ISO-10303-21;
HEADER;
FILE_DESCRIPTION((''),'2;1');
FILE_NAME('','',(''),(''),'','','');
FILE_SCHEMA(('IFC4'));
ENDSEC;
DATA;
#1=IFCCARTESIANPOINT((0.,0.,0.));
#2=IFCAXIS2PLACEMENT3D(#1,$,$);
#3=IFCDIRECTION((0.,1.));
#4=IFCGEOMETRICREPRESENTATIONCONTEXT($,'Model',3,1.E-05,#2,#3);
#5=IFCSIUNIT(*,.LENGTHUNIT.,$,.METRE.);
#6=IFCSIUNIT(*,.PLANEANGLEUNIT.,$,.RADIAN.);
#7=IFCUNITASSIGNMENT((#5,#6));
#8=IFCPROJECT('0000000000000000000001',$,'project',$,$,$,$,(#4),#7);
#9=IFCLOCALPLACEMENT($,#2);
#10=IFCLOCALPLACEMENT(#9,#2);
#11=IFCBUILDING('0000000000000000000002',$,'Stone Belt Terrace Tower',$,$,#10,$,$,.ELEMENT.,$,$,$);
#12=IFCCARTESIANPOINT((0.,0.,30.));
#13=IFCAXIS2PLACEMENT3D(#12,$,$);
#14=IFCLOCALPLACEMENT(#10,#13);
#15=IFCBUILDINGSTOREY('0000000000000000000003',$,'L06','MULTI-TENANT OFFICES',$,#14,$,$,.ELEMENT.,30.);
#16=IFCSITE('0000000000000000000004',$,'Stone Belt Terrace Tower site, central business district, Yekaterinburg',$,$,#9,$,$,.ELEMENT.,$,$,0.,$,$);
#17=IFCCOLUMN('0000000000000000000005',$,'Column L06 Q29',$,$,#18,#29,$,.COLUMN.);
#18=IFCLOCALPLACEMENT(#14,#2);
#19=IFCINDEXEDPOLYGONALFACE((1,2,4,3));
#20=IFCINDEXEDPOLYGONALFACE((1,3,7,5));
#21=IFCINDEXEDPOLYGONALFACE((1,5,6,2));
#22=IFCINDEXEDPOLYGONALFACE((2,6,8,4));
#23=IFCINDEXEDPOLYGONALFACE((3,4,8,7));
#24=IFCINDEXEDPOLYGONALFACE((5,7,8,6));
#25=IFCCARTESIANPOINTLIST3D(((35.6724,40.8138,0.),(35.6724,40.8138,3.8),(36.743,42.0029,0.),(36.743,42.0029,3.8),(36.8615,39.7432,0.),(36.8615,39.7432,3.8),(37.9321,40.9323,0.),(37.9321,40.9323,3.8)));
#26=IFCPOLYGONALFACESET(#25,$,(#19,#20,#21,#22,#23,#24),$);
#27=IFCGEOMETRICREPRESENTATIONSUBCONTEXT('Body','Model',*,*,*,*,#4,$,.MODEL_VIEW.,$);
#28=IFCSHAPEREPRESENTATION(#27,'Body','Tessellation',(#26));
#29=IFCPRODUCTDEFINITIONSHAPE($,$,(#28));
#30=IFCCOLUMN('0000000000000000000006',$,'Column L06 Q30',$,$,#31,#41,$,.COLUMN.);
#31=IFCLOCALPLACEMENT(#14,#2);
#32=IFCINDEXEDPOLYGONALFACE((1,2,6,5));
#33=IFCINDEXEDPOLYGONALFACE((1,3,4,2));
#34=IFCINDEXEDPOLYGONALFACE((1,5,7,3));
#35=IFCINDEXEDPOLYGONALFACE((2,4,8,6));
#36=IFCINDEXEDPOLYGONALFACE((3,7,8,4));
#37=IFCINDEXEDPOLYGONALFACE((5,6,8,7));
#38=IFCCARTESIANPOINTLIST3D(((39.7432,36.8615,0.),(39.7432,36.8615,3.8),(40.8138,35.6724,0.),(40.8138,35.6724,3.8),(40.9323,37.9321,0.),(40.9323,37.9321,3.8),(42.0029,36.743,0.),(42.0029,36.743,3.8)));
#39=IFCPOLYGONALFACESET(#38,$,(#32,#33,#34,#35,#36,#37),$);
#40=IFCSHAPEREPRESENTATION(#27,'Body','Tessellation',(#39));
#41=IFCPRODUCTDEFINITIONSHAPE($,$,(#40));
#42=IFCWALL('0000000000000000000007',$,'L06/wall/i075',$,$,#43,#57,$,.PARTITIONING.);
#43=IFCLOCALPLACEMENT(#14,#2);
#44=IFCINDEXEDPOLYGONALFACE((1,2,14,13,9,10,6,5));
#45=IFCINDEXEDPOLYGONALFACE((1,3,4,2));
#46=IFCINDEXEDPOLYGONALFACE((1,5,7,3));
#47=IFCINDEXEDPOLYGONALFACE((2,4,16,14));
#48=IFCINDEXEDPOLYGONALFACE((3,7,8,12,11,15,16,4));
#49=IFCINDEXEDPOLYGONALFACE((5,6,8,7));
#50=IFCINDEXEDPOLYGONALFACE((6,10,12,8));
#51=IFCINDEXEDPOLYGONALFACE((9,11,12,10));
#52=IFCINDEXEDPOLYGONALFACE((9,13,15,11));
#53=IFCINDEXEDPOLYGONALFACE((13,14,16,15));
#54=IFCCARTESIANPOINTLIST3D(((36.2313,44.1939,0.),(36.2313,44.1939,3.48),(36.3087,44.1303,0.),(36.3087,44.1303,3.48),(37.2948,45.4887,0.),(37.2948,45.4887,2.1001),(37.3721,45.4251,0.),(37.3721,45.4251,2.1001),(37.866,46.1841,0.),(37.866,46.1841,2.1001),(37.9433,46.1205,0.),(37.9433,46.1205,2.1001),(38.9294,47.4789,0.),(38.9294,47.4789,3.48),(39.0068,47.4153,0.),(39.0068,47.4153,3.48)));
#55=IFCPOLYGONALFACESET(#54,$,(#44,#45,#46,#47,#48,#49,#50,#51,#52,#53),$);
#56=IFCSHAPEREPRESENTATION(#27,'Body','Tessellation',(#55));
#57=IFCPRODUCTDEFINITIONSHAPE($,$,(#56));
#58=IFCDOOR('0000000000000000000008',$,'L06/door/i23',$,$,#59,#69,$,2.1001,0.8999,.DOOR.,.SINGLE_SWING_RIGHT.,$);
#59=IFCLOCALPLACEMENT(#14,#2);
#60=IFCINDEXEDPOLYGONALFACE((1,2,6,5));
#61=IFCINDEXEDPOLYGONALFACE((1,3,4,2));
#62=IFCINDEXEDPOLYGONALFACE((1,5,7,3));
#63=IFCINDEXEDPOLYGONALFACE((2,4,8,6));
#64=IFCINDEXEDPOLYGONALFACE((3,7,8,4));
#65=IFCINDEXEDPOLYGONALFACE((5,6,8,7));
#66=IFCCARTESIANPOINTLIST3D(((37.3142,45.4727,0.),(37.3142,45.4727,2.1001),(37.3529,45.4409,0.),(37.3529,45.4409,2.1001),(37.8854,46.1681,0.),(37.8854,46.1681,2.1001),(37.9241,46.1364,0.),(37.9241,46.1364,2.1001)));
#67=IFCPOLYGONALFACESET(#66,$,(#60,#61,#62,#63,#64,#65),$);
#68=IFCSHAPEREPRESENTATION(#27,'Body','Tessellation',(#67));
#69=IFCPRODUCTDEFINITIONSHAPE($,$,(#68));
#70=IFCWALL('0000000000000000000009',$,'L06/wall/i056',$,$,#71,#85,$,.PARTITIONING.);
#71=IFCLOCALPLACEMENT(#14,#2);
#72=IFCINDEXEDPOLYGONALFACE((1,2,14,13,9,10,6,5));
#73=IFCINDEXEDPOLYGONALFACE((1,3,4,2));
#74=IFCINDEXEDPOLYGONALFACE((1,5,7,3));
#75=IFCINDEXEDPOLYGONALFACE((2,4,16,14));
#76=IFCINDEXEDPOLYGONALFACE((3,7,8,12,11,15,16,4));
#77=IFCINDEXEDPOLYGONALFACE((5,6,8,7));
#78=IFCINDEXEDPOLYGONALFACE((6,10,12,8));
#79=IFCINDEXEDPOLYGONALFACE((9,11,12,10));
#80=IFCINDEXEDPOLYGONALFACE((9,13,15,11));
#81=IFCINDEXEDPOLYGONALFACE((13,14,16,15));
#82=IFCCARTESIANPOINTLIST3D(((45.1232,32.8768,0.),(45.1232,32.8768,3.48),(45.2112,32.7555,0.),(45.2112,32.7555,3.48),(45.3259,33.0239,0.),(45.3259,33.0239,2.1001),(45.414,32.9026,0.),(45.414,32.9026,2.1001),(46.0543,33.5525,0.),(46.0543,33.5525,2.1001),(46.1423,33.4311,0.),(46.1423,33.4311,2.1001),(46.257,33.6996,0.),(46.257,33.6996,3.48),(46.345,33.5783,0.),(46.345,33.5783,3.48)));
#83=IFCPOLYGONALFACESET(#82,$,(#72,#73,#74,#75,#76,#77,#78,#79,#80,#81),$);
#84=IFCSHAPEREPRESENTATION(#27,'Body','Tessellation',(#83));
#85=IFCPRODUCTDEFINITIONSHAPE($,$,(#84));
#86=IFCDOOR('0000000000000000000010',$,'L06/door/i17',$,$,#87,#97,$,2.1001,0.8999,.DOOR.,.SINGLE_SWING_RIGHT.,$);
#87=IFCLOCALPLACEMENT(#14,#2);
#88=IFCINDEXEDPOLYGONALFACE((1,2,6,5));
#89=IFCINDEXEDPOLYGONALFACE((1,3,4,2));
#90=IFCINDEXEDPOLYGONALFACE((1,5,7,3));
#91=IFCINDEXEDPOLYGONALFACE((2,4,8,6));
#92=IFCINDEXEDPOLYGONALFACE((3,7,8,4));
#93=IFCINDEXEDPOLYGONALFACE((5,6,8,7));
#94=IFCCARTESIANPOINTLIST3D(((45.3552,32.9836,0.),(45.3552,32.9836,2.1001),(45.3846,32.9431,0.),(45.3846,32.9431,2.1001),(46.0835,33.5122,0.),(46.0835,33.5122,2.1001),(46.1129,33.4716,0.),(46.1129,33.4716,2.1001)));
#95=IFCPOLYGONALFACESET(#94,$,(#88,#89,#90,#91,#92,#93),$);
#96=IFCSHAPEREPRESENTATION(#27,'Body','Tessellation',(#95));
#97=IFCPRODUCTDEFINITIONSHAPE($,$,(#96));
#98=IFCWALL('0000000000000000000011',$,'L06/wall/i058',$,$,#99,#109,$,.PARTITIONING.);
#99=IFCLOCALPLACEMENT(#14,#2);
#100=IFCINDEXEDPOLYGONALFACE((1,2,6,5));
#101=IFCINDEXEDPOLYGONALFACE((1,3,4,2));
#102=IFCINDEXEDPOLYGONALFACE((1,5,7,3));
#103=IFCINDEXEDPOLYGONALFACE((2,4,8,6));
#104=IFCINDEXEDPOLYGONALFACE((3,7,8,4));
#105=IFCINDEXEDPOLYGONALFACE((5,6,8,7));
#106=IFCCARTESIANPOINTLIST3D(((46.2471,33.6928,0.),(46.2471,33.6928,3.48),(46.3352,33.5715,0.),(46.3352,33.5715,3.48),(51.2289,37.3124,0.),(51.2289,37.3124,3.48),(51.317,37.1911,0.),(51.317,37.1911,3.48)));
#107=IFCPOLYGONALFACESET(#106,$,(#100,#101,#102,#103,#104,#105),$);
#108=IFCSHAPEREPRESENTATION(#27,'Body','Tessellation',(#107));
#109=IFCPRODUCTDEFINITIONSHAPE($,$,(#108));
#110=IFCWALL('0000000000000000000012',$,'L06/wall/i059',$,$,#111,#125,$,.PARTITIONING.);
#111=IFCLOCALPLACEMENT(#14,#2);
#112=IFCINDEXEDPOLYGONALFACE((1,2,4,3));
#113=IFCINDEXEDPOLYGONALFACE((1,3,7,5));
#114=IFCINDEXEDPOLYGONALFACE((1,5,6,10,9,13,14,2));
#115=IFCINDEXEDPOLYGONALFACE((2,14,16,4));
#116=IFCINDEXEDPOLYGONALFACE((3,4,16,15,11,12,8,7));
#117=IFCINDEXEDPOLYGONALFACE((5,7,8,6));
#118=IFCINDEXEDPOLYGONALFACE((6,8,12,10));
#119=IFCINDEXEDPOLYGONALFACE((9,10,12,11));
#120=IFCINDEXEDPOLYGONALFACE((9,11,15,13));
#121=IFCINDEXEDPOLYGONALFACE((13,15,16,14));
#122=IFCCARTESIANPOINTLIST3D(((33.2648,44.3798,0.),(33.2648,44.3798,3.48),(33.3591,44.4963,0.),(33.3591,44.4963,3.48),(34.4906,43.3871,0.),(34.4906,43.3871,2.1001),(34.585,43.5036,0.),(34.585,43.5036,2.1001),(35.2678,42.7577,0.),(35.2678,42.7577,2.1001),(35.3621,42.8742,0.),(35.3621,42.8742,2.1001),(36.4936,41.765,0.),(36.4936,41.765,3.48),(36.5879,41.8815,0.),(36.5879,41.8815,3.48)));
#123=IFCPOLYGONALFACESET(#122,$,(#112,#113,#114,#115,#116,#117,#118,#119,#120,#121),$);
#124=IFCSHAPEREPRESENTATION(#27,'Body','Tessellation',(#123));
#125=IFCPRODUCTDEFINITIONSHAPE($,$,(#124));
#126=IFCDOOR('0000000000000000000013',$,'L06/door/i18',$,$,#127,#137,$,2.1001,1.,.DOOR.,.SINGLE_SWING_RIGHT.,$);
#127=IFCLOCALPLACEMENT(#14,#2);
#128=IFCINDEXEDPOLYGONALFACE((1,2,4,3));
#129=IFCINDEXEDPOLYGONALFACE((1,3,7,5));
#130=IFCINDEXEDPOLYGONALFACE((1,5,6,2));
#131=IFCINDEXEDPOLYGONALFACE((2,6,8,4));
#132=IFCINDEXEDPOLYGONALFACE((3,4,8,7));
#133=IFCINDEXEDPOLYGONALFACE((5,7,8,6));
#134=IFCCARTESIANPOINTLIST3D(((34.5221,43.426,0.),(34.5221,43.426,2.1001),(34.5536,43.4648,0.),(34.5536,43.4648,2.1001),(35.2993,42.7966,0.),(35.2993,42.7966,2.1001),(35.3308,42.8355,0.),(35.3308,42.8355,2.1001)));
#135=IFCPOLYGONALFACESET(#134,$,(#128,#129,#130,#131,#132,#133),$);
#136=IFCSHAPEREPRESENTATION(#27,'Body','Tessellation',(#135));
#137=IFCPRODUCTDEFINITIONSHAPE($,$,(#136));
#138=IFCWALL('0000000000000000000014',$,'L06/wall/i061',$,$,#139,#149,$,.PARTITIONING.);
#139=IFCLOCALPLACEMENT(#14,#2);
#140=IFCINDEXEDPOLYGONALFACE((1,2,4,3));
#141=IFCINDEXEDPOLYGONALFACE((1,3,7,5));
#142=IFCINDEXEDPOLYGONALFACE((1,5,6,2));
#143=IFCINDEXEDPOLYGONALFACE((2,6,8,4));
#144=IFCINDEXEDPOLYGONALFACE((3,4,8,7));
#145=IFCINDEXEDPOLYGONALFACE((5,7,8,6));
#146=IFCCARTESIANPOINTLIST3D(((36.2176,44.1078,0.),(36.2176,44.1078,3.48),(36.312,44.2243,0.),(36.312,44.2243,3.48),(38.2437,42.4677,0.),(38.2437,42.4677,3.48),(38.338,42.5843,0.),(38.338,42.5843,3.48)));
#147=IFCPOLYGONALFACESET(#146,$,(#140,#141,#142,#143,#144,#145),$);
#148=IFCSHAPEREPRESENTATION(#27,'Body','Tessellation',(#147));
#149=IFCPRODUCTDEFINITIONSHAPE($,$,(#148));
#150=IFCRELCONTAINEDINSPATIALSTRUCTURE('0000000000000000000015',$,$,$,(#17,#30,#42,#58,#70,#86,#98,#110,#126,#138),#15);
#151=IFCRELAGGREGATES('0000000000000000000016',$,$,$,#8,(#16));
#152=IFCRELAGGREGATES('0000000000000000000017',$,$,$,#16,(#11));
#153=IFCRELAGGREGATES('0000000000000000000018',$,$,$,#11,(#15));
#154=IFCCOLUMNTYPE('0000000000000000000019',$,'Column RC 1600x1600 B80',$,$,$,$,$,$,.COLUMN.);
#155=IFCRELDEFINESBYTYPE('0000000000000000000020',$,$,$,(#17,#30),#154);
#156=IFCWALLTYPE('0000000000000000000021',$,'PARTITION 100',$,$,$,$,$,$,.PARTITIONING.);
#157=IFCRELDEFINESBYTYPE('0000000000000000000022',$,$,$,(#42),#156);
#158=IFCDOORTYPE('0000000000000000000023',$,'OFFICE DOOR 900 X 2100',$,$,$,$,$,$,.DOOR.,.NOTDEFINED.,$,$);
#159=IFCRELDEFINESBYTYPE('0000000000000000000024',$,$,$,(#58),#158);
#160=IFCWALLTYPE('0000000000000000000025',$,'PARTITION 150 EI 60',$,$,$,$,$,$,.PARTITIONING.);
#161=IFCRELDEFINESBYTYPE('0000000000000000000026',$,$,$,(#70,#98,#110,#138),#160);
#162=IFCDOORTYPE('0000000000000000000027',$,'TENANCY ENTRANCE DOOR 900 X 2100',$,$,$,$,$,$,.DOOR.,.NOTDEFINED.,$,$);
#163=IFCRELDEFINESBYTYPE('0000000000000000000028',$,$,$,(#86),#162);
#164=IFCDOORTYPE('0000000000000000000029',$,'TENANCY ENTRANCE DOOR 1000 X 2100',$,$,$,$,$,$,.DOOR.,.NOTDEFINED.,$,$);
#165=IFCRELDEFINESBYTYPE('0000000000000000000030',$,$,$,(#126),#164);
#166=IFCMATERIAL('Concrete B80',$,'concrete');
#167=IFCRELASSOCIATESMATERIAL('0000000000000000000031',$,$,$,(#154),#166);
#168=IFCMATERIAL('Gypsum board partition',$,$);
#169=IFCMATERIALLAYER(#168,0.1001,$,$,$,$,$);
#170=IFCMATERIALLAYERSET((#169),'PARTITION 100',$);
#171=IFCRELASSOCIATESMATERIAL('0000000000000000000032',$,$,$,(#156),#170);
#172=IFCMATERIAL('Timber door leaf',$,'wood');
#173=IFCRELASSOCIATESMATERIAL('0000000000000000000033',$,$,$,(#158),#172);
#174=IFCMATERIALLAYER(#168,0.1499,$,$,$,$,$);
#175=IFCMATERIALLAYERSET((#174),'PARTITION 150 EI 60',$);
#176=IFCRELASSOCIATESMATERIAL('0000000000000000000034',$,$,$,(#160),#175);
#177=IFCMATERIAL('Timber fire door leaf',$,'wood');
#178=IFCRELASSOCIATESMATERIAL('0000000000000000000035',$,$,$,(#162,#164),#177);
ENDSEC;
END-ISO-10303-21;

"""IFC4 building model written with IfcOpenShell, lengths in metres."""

from ifc_helpers import new_model, si_unit, direction, frame, frame_2d, origin, origin_2d, place, context, subcontext, project, spatial, rectangle, extrude, material, layer, layer_set, material_profile, profile_set, type_object, element, fill, save


model = new_model("IFC4")

# Units and contexts
model_context = context("Model", 3, precision=1e-05, world=origin(), true_north=direction((0.0, 1.0)))
body_context = subcontext(model_context, "Body", "Model", "MODEL_VIEW")
ifc_project = project(units=[si_unit("LENGTHUNIT", "METRE"), si_unit("PLANEANGLEUNIT", "RADIAN")], contexts=[model_context])

# Site, building, storey
site_placement = place(None, origin())
site = spatial("IfcSite", under=ifc_project, at=site_placement, Name="Stone Belt Terrace Tower site, central business district, Yekaterinburg", CompositionType="ELEMENT", RefElevation=0.0)
building_placement = place(site_placement, origin())
building = spatial("IfcBuilding", under=site, at=building_placement, Name="Stone Belt Terrace Tower", CompositionType="ELEMENT")
storey_placement = place(building_placement, frame((0.0, 0.0, 30.0)))
storey = spatial("IfcBuildingStorey", under=building, at=storey_placement, Name="L06", Description="MULTI-TENANT OFFICES", CompositionType="ELEMENT", Elevation=30.0)

# Columns
ifc_material_1 = material(Name="Concrete B80", Category="concrete")
ifc_material_profile = material_profile(ifc_material_1, rectangle(XDim=1.6001, YDim=1.6001, at=origin_2d()), Name="RC 1600x1600")
ifc_profile_set = profile_set([ifc_material_profile], Name="Concrete B80")
column_type = type_object("IfcColumnType", Name="Column RC 1600x1600 B80", PredefinedType="COLUMN", material=ifc_profile_set)
for number, where, z_axis, x_axis, name in (
    (1, (36.8022, 40.873, 0.0), (0.0, 0.0, 1.0), (0.743145, -0.669131, 0.0), "Column L06 Q29"),
    (2, (40.873, 36.8022, 0.0), (0.0, 0.0, 1.0), (0.669131, -0.743145, 0.0), "Column L06 Q30"),
):
    element("IfcColumn", number, at=place(storey_placement, frame(where, z_axis=z_axis, x_axis=x_axis)), inside=storey, type_object=column_type, Name=name, PredefinedType="COLUMN", context=body_context, shape_type="SweptSolid", body=[
        extrude(rectangle(XDim=1.6001, YDim=1.6001, at=origin_2d()), origin(), (0.0, 0.0, 1.0), 3.8),
    ])

# Walls, openings, doors
ifc_material_2 = material(Name="Gypsum board partition")
ifc_layer_1 = layer(ifc_material_2, 0.1001)
ifc_layer_set_1 = layer_set([ifc_layer_1], Name="PARTITION 100")
wall_type_1 = type_object("IfcWallType", Name="PARTITION 100", PredefinedType="PARTITIONING", material=ifc_layer_set_1)
wall_1_placement = place(storey_placement, frame((36.27, 44.1621, 0.0), z_axis=(0.0, 0.0, 1.0), x_axis=(0.634694, 0.772763, 0.0)))
wall_1 = element("IfcWall", 3, at=wall_1_placement, inside=storey, type_object=wall_type_1, Name="L06/wall/i075", PredefinedType="PARTITIONING", context=body_context, shape_type="SweptSolid", body=[
    extrude(rectangle(XDim=4.251, YDim=0.1001, at=frame_2d((2.1255, 0.0))), origin(), (0.0, 0.0, 1.0), 3.48),
])
opening_1_placement = place(wall_1_placement, frame((1.6755, 0.0, 0.0)))
opening_1 = element("IfcOpeningElement", 4, at=opening_1_placement, cuts=wall_1, PredefinedType="OPENING", context=body_context, shape_type="SweptSolid", body=[
    extrude(rectangle(XDim=0.8999, YDim=2.1001, at=frame_2d((0.45, 1.05))), frame((0.0, 0.0601, 0.0), z_axis=(0.0, -1.0, 0.0), x_axis=(1.0, 0.0, 0.0)), (0.0, 0.0, 1.0), 0.1201),
])
ifc_material_3 = material(Name="Timber door leaf", Category="wood")
door_type_1 = type_object("IfcDoorType", Name="OFFICE DOOR 900 X 2100", OperationType="NOTDEFINED", PredefinedType="DOOR", material=ifc_material_3)
door_1_placement = place(opening_1_placement, origin())
door_1 = element("IfcDoor", 5, at=door_1_placement, inside=storey, type_object=door_type_1, Name="L06/door/i23", OperationType="SINGLE_SWING_RIGHT", OverallHeight=2.1001, OverallWidth=0.8999, PredefinedType="DOOR", context=body_context, shape_type="SweptSolid", body=[
    extrude(rectangle(XDim=0.8999, YDim=2.1001, at=frame_2d((0.45, 1.05))), frame((0.0, 0.0249, 0.0), z_axis=(0.0, -1.0, 0.0), x_axis=(1.0, 0.0, 0.0)), (0.0, 0.0, 1.0), 0.05),
])
fill(opening_1, door_1)
ifc_layer_2 = layer(ifc_material_2, 0.1499)
ifc_layer_set_2 = layer_set([ifc_layer_2], Name="PARTITION 150 EI 60")
wall_type_2 = type_object("IfcWallType", Name="PARTITION 150 EI 60", PredefinedType="PARTITIONING", material=ifc_layer_set_2)
wall_2_placement = place(storey_placement, frame((46.301, 33.6389, 0.0), z_axis=(0.0, 0.0, 1.0), x_axis=(-0.809354, -0.587322, 0.0)))
wall_2 = element("IfcWall", 6, at=wall_2_placement, inside=storey, type_object=wall_type_2, Name="L06/wall/i056", PredefinedType="PARTITIONING", context=body_context, shape_type="SweptSolid", body=[
    extrude(rectangle(XDim=1.4009, YDim=0.1499, at=frame_2d((0.7004, 0.0))), origin(), (0.0, 0.0, 1.0), 3.48),
])
opening_2_placement = place(wall_2_placement, frame((0.2505, 0.0, 0.0)))
opening_2 = element("IfcOpeningElement", 7, at=opening_2_placement, cuts=wall_2, PredefinedType="OPENING", context=body_context, shape_type="SweptSolid", body=[
    extrude(rectangle(XDim=0.8999, YDim=2.1001, at=frame_2d((0.45, 1.05))), frame((0.0, 0.085, 0.0), z_axis=(0.0, -1.0, 0.0), x_axis=(1.0, 0.0, 0.0)), (0.0, 0.0, 1.0), 0.1699),
])
ifc_material_4 = material(Name="Timber fire door leaf", Category="wood")
door_type_2 = type_object("IfcDoorType", Name="TENANCY ENTRANCE DOOR 900 X 2100", OperationType="NOTDEFINED", PredefinedType="DOOR", material=ifc_material_4)
door_2_placement = place(opening_2_placement, origin())
door_2 = element("IfcDoor", 8, at=door_2_placement, inside=storey, type_object=door_type_2, Name="L06/door/i17", OperationType="SINGLE_SWING_RIGHT", OverallHeight=2.1001, OverallWidth=0.8999, PredefinedType="DOOR", context=body_context, shape_type="SweptSolid", body=[
    extrude(rectangle(XDim=0.8999, YDim=2.1001, at=frame_2d((0.45, 1.05))), frame((0.0, 0.0249, 0.0), z_axis=(0.0, -1.0, 0.0), x_axis=(1.0, 0.0, 0.0)), (0.0, 0.0, 1.0), 0.05),
])
fill(opening_2, door_2)

# Wall
wall_3_placement = place(storey_placement, frame((46.291, 33.6321, 0.0), z_axis=(0.0, 0.0, 1.0), x_axis=(0.809014, 0.58779, 0.0)))
element("IfcWall", 9, at=wall_3_placement, inside=storey, type_object=wall_type_2, Name="L06/wall/i058", PredefinedType="PARTITIONING", context=body_context, shape_type="SweptSolid", body=[
    extrude(rectangle(XDim=6.158, YDim=0.1499, at=frame_2d((3.0791, 0.0))), origin(), (0.0, 0.0, 1.0), 3.48),
])

# Wall, opening, door
wall_4_placement = place(storey_placement, frame((36.5408, 41.8232, 0.0), z_axis=(0.0, 0.0, 1.0), x_axis=(-0.777129, 0.629342, 0.0)))
wall_4 = element("IfcWall", 10, at=wall_4_placement, inside=storey, type_object=wall_type_2, Name="L06/wall/i059", PredefinedType="PARTITIONING", context=body_context, shape_type="SweptSolid", body=[
    extrude(rectangle(XDim=4.1548, YDim=0.1499, at=frame_2d((2.0774, 0.0))), origin(), (0.0, 0.0, 1.0), 3.48),
])
opening_3_placement = place(wall_4_placement, frame((1.5774, 0.0, 0.0)))
opening_3 = element("IfcOpeningElement", 11, at=opening_3_placement, cuts=wall_4, PredefinedType="OPENING", context=body_context, shape_type="SweptSolid", body=[
    extrude(rectangle(XDim=1.0, YDim=2.1001, at=frame_2d((0.5, 1.05))), frame((0.0, 0.085, 0.0), z_axis=(0.0, -1.0, 0.0), x_axis=(1.0, 0.0, 0.0)), (0.0, 0.0, 1.0), 0.1699),
])
door_type_3 = type_object("IfcDoorType", Name="TENANCY ENTRANCE DOOR 1000 X 2100", OperationType="NOTDEFINED", PredefinedType="DOOR", material=ifc_material_4)
door_3_placement = place(opening_3_placement, origin())
door_3 = element("IfcDoor", 12, at=door_3_placement, inside=storey, type_object=door_type_3, Name="L06/door/i18", OperationType="SINGLE_SWING_RIGHT", OverallHeight=2.1001, OverallWidth=1.0, PredefinedType="DOOR", context=body_context, shape_type="SweptSolid", body=[
    extrude(rectangle(XDim=1.0, YDim=2.1001, at=frame_2d((0.5, 1.05))), frame((0.0, 0.0249, 0.0), z_axis=(0.0, -1.0, 0.0), x_axis=(1.0, 0.0, 0.0)), (0.0, 0.0, 1.0), 0.05),
])
fill(opening_3, door_3)

# Wall
wall_5_placement = place(storey_placement, frame((36.2649, 44.166, 0.0), z_axis=(0.0, 0.0, 1.0), x_axis=(0.777256, -0.629185, 0.0)))
element("IfcWall", 13, at=wall_5_placement, inside=storey, type_object=wall_type_2, Name="L06/wall/i061", PredefinedType="PARTITIONING", context=body_context, shape_type="SweptSolid", body=[
    extrude(rectangle(XDim=2.6067, YDim=0.1499, at=frame_2d((1.3032, 0.0))), origin(), (0.0, 0.0, 1.0), 3.48),
])

save(model, "model.ifc")
